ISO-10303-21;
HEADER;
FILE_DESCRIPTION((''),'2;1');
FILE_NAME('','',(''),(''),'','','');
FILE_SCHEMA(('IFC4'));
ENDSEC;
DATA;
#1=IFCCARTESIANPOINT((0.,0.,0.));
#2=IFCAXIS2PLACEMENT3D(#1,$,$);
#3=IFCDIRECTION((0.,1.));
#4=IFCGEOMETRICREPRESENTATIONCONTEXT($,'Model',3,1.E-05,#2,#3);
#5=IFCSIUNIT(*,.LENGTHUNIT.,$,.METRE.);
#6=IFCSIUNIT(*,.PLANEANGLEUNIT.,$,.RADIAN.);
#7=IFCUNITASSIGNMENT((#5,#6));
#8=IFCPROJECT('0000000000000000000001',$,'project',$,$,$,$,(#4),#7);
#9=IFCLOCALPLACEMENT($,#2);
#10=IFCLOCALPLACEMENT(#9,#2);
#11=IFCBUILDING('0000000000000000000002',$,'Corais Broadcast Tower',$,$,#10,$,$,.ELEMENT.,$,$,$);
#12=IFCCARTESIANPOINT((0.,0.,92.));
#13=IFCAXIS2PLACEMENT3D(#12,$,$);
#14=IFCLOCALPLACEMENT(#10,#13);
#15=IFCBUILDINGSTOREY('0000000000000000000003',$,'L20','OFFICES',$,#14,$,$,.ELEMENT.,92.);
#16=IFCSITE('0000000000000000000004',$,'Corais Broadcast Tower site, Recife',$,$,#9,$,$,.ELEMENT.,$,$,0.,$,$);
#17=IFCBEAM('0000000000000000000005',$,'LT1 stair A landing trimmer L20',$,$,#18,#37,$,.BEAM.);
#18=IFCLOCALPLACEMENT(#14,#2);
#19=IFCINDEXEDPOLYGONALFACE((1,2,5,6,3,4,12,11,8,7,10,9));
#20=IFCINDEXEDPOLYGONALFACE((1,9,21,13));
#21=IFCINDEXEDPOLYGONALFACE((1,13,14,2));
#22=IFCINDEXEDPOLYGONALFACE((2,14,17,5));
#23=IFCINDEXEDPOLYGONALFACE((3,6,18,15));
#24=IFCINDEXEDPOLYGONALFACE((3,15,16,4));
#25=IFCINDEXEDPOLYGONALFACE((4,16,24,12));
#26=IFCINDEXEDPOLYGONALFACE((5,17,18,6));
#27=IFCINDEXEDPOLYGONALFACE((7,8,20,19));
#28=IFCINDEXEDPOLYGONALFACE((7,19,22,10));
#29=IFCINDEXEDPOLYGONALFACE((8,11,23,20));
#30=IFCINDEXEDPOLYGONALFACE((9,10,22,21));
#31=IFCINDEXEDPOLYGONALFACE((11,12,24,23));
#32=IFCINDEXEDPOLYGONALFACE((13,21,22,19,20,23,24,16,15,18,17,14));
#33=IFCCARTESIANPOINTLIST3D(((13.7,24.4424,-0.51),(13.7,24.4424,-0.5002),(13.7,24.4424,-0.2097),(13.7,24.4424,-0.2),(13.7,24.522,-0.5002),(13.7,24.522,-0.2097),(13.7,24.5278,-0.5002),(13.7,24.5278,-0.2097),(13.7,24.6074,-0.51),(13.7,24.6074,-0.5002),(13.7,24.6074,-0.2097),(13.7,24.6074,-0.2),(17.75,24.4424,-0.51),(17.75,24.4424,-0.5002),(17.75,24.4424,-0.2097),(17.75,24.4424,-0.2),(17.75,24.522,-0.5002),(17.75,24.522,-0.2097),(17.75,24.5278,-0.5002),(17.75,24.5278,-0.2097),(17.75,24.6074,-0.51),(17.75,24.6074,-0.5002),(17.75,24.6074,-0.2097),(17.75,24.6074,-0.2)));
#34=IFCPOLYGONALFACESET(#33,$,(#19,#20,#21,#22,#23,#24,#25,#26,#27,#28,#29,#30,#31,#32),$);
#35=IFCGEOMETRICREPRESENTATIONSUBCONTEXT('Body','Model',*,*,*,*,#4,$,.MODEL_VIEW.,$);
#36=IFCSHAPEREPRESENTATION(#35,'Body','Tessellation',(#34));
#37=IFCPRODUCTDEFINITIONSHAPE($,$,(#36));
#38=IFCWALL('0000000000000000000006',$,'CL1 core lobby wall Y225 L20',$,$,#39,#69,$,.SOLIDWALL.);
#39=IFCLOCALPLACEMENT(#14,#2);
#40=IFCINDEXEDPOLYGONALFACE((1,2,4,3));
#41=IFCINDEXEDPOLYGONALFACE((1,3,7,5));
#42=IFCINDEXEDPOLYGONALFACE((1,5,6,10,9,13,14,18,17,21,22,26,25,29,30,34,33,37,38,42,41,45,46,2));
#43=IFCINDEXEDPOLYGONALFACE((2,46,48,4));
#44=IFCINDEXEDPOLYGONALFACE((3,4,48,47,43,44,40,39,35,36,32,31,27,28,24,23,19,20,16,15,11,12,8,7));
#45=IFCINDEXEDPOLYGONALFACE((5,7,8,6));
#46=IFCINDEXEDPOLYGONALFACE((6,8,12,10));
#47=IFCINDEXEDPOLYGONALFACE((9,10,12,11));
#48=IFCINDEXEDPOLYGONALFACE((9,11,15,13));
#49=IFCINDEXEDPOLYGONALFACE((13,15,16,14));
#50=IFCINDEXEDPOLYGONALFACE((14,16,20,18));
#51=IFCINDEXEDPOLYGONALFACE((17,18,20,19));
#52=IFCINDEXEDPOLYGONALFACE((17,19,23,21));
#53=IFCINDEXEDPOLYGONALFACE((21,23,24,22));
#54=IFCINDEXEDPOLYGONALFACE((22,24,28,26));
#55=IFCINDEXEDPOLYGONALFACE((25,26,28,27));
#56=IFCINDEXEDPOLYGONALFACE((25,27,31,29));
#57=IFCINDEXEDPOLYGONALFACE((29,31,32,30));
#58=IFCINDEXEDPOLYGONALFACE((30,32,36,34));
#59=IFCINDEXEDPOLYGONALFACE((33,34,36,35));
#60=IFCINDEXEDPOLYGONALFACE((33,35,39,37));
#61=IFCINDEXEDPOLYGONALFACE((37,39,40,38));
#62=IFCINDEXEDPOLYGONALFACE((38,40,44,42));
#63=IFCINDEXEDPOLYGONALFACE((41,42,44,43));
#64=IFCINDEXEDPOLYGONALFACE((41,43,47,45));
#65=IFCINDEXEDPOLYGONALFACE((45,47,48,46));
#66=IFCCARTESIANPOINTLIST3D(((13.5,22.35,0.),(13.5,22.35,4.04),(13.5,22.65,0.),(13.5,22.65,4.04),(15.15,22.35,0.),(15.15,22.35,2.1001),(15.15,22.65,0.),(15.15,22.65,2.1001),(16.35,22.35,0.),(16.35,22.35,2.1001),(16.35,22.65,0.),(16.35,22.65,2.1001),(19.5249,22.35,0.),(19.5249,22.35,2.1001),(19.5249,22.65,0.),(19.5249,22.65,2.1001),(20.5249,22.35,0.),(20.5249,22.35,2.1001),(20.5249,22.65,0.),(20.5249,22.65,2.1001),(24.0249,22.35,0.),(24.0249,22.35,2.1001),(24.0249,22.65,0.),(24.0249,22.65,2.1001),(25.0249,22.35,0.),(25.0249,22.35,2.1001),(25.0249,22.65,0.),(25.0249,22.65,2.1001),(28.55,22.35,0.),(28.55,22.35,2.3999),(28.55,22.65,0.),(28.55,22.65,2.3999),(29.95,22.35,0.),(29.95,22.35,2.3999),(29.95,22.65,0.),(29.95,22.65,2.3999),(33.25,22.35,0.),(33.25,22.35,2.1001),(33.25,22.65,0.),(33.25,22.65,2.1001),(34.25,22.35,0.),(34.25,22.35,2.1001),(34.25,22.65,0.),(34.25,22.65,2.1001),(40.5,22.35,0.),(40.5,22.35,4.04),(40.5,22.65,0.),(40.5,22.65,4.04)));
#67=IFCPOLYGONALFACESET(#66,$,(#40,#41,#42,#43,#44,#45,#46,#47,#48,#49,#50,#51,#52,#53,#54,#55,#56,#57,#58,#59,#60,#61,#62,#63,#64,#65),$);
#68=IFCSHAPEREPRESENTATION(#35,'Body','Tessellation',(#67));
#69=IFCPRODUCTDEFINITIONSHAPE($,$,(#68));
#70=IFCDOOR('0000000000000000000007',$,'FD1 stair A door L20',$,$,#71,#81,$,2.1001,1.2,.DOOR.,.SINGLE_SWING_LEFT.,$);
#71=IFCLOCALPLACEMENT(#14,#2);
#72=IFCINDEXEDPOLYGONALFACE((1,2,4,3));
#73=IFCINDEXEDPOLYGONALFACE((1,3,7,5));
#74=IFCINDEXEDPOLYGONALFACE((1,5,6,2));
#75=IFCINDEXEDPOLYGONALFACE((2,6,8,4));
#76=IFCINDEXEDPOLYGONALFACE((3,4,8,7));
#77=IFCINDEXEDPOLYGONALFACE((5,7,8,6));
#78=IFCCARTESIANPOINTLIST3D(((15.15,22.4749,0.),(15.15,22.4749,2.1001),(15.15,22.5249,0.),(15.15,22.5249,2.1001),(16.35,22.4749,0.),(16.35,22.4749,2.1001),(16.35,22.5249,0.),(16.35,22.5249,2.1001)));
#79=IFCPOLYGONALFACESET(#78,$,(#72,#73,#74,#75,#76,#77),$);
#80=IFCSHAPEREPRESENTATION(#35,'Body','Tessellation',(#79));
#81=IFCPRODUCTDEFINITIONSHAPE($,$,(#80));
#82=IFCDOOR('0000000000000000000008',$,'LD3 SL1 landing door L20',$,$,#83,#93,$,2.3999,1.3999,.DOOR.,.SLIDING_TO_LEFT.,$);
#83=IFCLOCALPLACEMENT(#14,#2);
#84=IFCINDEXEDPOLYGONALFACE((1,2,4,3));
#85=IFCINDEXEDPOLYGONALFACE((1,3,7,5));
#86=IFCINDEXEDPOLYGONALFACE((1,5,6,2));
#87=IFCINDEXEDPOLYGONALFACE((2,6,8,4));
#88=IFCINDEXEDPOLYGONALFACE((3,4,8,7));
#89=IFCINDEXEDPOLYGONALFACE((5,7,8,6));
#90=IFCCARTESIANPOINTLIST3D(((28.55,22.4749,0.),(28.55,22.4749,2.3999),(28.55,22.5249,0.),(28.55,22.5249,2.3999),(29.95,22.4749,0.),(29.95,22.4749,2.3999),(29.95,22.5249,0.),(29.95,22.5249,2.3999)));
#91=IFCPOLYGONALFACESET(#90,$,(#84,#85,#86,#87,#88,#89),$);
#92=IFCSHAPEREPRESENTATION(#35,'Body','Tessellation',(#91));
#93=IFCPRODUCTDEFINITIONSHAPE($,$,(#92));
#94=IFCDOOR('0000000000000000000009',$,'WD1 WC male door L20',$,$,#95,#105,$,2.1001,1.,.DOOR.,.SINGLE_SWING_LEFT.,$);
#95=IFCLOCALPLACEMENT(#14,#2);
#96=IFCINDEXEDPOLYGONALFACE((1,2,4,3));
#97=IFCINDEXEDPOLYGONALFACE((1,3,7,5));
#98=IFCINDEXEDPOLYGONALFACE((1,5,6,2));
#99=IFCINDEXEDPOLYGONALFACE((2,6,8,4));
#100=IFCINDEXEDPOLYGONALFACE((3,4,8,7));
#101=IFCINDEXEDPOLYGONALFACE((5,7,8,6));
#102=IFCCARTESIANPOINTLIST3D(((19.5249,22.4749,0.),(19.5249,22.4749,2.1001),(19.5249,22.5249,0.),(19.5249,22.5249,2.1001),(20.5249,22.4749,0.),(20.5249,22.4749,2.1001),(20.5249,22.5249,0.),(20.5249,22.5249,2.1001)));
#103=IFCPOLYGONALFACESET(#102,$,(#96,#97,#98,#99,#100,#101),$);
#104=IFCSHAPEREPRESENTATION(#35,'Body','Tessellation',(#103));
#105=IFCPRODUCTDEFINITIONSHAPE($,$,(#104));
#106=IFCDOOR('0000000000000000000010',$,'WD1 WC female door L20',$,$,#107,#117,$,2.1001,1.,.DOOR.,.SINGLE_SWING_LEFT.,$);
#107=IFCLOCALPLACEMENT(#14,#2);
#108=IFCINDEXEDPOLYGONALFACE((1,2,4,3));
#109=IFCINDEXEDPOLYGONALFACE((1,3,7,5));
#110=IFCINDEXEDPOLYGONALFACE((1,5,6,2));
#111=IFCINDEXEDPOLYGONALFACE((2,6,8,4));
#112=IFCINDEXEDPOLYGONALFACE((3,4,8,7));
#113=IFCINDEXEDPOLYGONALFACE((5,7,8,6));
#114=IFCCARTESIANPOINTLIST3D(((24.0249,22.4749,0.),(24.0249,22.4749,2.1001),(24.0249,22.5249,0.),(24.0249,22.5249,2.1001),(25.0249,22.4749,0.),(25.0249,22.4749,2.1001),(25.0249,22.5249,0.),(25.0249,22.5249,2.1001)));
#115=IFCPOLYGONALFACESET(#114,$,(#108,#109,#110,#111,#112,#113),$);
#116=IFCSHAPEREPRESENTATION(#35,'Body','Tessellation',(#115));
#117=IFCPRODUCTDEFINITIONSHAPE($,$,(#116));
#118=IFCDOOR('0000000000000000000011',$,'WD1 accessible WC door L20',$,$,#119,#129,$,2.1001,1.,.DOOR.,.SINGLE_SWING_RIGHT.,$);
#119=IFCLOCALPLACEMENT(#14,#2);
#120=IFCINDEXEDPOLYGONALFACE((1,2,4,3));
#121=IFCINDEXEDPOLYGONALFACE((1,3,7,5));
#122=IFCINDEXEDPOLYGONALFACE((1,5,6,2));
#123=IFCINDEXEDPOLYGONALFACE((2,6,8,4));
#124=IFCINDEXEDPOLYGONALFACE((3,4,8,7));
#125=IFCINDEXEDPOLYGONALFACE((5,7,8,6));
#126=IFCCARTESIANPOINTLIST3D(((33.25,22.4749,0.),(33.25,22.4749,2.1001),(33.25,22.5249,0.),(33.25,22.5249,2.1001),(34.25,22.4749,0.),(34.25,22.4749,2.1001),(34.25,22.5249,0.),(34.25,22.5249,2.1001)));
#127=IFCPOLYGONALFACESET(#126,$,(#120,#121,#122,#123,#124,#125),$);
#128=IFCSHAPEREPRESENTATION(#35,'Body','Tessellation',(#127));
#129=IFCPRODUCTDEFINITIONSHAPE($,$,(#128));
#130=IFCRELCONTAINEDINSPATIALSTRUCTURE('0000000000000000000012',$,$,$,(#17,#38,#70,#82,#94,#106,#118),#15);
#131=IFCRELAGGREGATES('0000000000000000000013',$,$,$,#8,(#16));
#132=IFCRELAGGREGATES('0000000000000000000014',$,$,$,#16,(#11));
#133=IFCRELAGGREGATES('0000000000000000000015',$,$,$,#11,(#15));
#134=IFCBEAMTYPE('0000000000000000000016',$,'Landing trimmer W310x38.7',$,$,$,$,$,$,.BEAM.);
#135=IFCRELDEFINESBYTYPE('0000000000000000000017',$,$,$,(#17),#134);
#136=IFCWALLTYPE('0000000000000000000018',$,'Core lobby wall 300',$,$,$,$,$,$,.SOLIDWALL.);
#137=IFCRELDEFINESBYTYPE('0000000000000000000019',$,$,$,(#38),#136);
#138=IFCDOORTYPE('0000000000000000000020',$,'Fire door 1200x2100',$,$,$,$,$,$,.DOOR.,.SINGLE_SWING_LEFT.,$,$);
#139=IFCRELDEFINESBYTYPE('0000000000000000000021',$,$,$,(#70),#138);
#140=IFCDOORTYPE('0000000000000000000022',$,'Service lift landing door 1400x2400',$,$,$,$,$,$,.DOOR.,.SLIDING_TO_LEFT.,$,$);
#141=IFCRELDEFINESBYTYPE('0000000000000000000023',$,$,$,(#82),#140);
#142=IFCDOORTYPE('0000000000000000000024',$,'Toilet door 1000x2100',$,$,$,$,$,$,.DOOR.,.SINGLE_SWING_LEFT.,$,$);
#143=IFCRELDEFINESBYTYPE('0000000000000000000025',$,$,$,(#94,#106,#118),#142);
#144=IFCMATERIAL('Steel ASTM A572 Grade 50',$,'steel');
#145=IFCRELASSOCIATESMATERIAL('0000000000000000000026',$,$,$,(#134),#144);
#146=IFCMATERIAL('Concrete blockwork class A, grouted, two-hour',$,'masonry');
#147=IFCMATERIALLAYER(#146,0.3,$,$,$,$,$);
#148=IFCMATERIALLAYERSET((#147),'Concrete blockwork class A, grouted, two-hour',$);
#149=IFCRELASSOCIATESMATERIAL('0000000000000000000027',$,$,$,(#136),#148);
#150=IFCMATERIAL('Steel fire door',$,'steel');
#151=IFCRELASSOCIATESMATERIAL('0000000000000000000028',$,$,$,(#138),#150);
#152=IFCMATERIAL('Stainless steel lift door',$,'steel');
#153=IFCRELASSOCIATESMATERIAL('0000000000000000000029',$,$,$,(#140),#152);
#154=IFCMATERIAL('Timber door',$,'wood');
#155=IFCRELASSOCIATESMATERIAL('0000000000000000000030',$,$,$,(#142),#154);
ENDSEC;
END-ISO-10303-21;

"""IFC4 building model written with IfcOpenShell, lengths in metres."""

from ifc_helpers import new_model, si_unit, direction, frame, frame_2d, origin, origin_2d, place, context, subcontext, project, spatial, rectangle, i_section, extrude, material, layer, layer_set, material_profile, profile_set, type_object, element, fill, save


model = new_model("IFC4")

# Units and contexts
model_context = context("Model", 3, precision=1e-05, world=origin(), true_north=direction((0.0, 1.0)))
body_context = subcontext(model_context, "Body", "Model", "MODEL_VIEW")
ifc_project = project(units=[si_unit("LENGTHUNIT", "METRE"), si_unit("PLANEANGLEUNIT", "RADIAN")], contexts=[model_context])

# Site, building, storey
site_placement = place(None, origin())
site = spatial("IfcSite", under=ifc_project, at=site_placement, Name="Corais Broadcast Tower site, Recife", CompositionType="ELEMENT", RefElevation=0.0)
building_placement = place(site_placement, origin())
building = spatial("IfcBuilding", under=site, at=building_placement, Name="Corais Broadcast Tower", CompositionType="ELEMENT")
storey_placement = place(building_placement, frame((0.0, 0.0, 92.0)))
storey = spatial("IfcBuildingStorey", under=building, at=storey_placement, Name="L20", Description="OFFICES", CompositionType="ELEMENT", Elevation=92.0)

# Beam
ifc_material_1 = material(Name="Steel ASTM A572 Grade 50", Category="steel")
ifc_material_profile = material_profile(ifc_material_1, i_section(OverallWidth=0.165, OverallDepth=0.3101, WebThickness=0.0059, FlangeThickness=0.0098, at=origin_2d()), Name="W310x38.7")
ifc_profile_set = profile_set([ifc_material_profile], Name="Steel ASTM A572 Grade 50")
beam_type = type_object("IfcBeamType", Name="Landing trimmer W310x38.7", PredefinedType="BEAM", material=ifc_profile_set)
beam_placement = place(storey_placement, frame((13.7, 24.5249, -0.355), z_axis=(1.0, 0.0, 0.0), x_axis=(0.0, 1.0, 0.0)))
element("IfcBeam", 1, at=beam_placement, inside=storey, type_object=beam_type, Name="LT1 stair A landing trimmer L20", PredefinedType="BEAM", context=body_context, shape_type="SweptSolid", body=[
    extrude(i_section(OverallWidth=0.165, OverallDepth=0.3101, WebThickness=0.0059, FlangeThickness=0.0098, at=origin_2d()), origin(), (0.0, 0.0, 1.0), 4.05),
])

# Wall, openings, doors
ifc_material_2 = material(Name="Concrete blockwork class A, grouted, two-hour", Category="masonry")
ifc_layer_1 = layer(ifc_material_2, 0.3)
ifc_layer_set_1 = layer_set([ifc_layer_1], Name="Concrete blockwork class A, grouted, two-hour")
wall_type_1 = type_object("IfcWallType", Name="Core lobby wall 300", PredefinedType="SOLIDWALL", material=ifc_layer_set_1)
wall_1_placement = place(storey_placement, frame((13.5, 22.5, 0.0), z_axis=(0.0, 0.0, 1.0), x_axis=(1.0, 0.0, 0.0)))
wall_1 = element("IfcWall", 2, at=wall_1_placement, inside=storey, type_object=wall_type_1, Name="CL1 core lobby wall Y225 L20", PredefinedType="SOLIDWALL", context=body_context, shape_type="SweptSolid", body=[
    extrude(rectangle(XDim=27.0, YDim=0.3, at=frame_2d((13.5, 0.0))), origin(), (0.0, 0.0, 1.0), 4.04),
])
opening_1_placement = place(wall_1_placement, frame((1.6499, 0.0, 0.0)))
opening_1 = element("IfcOpeningElement", 3, at=opening_1_placement, cuts=wall_1, PredefinedType="OPENING", context=body_context, shape_type="SweptSolid", body=[
    extrude(rectangle(XDim=1.2, YDim=2.1001, at=frame_2d((0.6001, 1.05))), frame((0.0, 0.1599, 0.0), z_axis=(0.0, -1.0, 0.0), x_axis=(1.0, 0.0, 0.0)), (0.0, 0.0, 1.0), 0.3201),
])
opening_2_placement = place(wall_1_placement, frame((6.0249, 0.0, 0.0)))
opening_2 = element("IfcOpeningElement", 4, at=opening_2_placement, cuts=wall_1, PredefinedType="OPENING", context=body_context, shape_type="SweptSolid", body=[
    extrude(rectangle(XDim=1.0, YDim=2.1001, at=frame_2d((0.5, 1.05))), frame((0.0, 0.1599, 0.0), z_axis=(0.0, -1.0, 0.0), x_axis=(1.0, 0.0, 0.0)), (0.0, 0.0, 1.0), 0.3201),
])
opening_3_placement = place(wall_1_placement, frame((10.5249, 0.0, 0.0)))
opening_3 = element("IfcOpeningElement", 5, at=opening_3_placement, cuts=wall_1, PredefinedType="OPENING", context=body_context, shape_type="SweptSolid", body=[
    extrude(rectangle(XDim=1.0, YDim=2.1001, at=frame_2d((0.5, 1.05))), frame((0.0, 0.1599, 0.0), z_axis=(0.0, -1.0, 0.0), x_axis=(1.0, 0.0, 0.0)), (0.0, 0.0, 1.0), 0.3201),
])
opening_4_placement = place(wall_1_placement, frame((19.75, 0.0, 0.0)))
opening_4 = element("IfcOpeningElement", 6, at=opening_4_placement, cuts=wall_1, PredefinedType="OPENING", context=body_context, shape_type="SweptSolid", body=[
    extrude(rectangle(XDim=1.0, YDim=2.1001, at=frame_2d((0.5, 1.05))), frame((0.0, 0.1599, 0.0), z_axis=(0.0, -1.0, 0.0), x_axis=(1.0, 0.0, 0.0)), (0.0, 0.0, 1.0), 0.3201),
])
opening_5_placement = place(wall_1_placement, frame((15.05, 0.0, 0.0)))
opening_5 = element("IfcOpeningElement", 7, at=opening_5_placement, cuts=wall_1, PredefinedType="OPENING", context=body_context, shape_type="SweptSolid", body=[
    extrude(rectangle(XDim=1.3999, YDim=2.3999, at=frame_2d((0.7, 1.2))), frame((0.0, 0.1599, 0.0), z_axis=(0.0, -1.0, 0.0), x_axis=(1.0, 0.0, 0.0)), (0.0, 0.0, 1.0), 0.3201),
])
ifc_material_3 = material(Name="Steel fire door", Category="steel")
door_type_1 = type_object("IfcDoorType", Name="Fire door 1200x2100", OperationType="SINGLE_SWING_LEFT", PredefinedType="DOOR", material=ifc_material_3)
door_1_placement = place(opening_1_placement, origin())
door_1 = element("IfcDoor", 8, at=door_1_placement, inside=storey, type_object=door_type_1, Name="FD1 stair A door L20", OperationType="SINGLE_SWING_LEFT", OverallHeight=2.1001, OverallWidth=1.2, PredefinedType="DOOR", context=body_context, shape_type="SweptSolid", body=[
    extrude(rectangle(XDim=1.2, YDim=2.1001, at=frame_2d((0.6001, 1.05))), frame((0.0, 0.0249, 0.0), z_axis=(0.0, -1.0, 0.0), x_axis=(1.0, 0.0, 0.0)), (0.0, 0.0, 1.0), 0.05),
])
fill(opening_1, door_1)
ifc_material_4 = material(Name="Stainless steel lift door", Category="steel")
door_type_2 = type_object("IfcDoorType", Name="Service lift landing door 1400x2400", OperationType="SLIDING_TO_LEFT", PredefinedType="DOOR", material=ifc_material_4)
door_2_placement = place(opening_5_placement, origin())
door_2 = element("IfcDoor", 9, at=door_2_placement, inside=storey, type_object=door_type_2, Name="LD3 SL1 landing door L20", OperationType="SLIDING_TO_LEFT", OverallHeight=2.3999, OverallWidth=1.3999, PredefinedType="DOOR", context=body_context, shape_type="SweptSolid", body=[
    extrude(rectangle(XDim=1.3999, YDim=2.3999, at=frame_2d((0.7, 1.2))), frame((0.0, 0.0249, 0.0), z_axis=(0.0, -1.0, 0.0), x_axis=(1.0, 0.0, 0.0)), (0.0, 0.0, 1.0), 0.05),
])
fill(opening_5, door_2)
ifc_material_5 = material(Name="Timber door", Category="wood")
door_type_3 = type_object("IfcDoorType", Name="Toilet door 1000x2100", OperationType="SINGLE_SWING_LEFT", PredefinedType="DOOR", material=ifc_material_5)
door_3_placement = place(opening_2_placement, origin())
door_3 = element("IfcDoor", 10, at=door_3_placement, inside=storey, type_object=door_type_3, Name="WD1 WC male door L20", OperationType="SINGLE_SWING_LEFT", OverallHeight=2.1001, OverallWidth=1.0, PredefinedType="DOOR", context=body_context, shape_type="SweptSolid", body=[
    extrude(rectangle(XDim=1.0, YDim=2.1001, at=frame_2d((0.5, 1.05))), frame((0.0, 0.0249, 0.0), z_axis=(0.0, -1.0, 0.0), x_axis=(1.0, 0.0, 0.0)), (0.0, 0.0, 1.0), 0.05),
])
fill(opening_2, door_3)
door_4_placement = place(opening_3_placement, origin())
door_4 = element("IfcDoor", 11, at=door_4_placement, inside=storey, type_object=door_type_3, Name="WD1 WC female door L20", OperationType="SINGLE_SWING_LEFT", OverallHeight=2.1001, OverallWidth=1.0, PredefinedType="DOOR", context=body_context, shape_type="SweptSolid", body=[
    extrude(rectangle(XDim=1.0, YDim=2.1001, at=frame_2d((0.5, 1.05))), frame((0.0, 0.0249, 0.0), z_axis=(0.0, -1.0, 0.0), x_axis=(1.0, 0.0, 0.0)), (0.0, 0.0, 1.0), 0.05),
])
fill(opening_3, door_4)
door_5_placement = place(opening_4_placement, origin())
door_5 = element("IfcDoor", 12, at=door_5_placement, inside=storey, type_object=door_type_3, Name="WD1 accessible WC door L20", OperationType="SINGLE_SWING_RIGHT", OverallHeight=2.1001, OverallWidth=1.0, PredefinedType="DOOR", context=body_context, shape_type="SweptSolid", body=[
    extrude(rectangle(XDim=1.0, YDim=2.1001, at=frame_2d((0.5, 1.05))), frame((0.0, 0.0249, 0.0), z_axis=(0.0, -1.0, 0.0), x_axis=(1.0, 0.0, 0.0)), (0.0, 0.0, 1.0), 0.05),
])
fill(opening_4, door_5)

save(model, "model.ifc")
